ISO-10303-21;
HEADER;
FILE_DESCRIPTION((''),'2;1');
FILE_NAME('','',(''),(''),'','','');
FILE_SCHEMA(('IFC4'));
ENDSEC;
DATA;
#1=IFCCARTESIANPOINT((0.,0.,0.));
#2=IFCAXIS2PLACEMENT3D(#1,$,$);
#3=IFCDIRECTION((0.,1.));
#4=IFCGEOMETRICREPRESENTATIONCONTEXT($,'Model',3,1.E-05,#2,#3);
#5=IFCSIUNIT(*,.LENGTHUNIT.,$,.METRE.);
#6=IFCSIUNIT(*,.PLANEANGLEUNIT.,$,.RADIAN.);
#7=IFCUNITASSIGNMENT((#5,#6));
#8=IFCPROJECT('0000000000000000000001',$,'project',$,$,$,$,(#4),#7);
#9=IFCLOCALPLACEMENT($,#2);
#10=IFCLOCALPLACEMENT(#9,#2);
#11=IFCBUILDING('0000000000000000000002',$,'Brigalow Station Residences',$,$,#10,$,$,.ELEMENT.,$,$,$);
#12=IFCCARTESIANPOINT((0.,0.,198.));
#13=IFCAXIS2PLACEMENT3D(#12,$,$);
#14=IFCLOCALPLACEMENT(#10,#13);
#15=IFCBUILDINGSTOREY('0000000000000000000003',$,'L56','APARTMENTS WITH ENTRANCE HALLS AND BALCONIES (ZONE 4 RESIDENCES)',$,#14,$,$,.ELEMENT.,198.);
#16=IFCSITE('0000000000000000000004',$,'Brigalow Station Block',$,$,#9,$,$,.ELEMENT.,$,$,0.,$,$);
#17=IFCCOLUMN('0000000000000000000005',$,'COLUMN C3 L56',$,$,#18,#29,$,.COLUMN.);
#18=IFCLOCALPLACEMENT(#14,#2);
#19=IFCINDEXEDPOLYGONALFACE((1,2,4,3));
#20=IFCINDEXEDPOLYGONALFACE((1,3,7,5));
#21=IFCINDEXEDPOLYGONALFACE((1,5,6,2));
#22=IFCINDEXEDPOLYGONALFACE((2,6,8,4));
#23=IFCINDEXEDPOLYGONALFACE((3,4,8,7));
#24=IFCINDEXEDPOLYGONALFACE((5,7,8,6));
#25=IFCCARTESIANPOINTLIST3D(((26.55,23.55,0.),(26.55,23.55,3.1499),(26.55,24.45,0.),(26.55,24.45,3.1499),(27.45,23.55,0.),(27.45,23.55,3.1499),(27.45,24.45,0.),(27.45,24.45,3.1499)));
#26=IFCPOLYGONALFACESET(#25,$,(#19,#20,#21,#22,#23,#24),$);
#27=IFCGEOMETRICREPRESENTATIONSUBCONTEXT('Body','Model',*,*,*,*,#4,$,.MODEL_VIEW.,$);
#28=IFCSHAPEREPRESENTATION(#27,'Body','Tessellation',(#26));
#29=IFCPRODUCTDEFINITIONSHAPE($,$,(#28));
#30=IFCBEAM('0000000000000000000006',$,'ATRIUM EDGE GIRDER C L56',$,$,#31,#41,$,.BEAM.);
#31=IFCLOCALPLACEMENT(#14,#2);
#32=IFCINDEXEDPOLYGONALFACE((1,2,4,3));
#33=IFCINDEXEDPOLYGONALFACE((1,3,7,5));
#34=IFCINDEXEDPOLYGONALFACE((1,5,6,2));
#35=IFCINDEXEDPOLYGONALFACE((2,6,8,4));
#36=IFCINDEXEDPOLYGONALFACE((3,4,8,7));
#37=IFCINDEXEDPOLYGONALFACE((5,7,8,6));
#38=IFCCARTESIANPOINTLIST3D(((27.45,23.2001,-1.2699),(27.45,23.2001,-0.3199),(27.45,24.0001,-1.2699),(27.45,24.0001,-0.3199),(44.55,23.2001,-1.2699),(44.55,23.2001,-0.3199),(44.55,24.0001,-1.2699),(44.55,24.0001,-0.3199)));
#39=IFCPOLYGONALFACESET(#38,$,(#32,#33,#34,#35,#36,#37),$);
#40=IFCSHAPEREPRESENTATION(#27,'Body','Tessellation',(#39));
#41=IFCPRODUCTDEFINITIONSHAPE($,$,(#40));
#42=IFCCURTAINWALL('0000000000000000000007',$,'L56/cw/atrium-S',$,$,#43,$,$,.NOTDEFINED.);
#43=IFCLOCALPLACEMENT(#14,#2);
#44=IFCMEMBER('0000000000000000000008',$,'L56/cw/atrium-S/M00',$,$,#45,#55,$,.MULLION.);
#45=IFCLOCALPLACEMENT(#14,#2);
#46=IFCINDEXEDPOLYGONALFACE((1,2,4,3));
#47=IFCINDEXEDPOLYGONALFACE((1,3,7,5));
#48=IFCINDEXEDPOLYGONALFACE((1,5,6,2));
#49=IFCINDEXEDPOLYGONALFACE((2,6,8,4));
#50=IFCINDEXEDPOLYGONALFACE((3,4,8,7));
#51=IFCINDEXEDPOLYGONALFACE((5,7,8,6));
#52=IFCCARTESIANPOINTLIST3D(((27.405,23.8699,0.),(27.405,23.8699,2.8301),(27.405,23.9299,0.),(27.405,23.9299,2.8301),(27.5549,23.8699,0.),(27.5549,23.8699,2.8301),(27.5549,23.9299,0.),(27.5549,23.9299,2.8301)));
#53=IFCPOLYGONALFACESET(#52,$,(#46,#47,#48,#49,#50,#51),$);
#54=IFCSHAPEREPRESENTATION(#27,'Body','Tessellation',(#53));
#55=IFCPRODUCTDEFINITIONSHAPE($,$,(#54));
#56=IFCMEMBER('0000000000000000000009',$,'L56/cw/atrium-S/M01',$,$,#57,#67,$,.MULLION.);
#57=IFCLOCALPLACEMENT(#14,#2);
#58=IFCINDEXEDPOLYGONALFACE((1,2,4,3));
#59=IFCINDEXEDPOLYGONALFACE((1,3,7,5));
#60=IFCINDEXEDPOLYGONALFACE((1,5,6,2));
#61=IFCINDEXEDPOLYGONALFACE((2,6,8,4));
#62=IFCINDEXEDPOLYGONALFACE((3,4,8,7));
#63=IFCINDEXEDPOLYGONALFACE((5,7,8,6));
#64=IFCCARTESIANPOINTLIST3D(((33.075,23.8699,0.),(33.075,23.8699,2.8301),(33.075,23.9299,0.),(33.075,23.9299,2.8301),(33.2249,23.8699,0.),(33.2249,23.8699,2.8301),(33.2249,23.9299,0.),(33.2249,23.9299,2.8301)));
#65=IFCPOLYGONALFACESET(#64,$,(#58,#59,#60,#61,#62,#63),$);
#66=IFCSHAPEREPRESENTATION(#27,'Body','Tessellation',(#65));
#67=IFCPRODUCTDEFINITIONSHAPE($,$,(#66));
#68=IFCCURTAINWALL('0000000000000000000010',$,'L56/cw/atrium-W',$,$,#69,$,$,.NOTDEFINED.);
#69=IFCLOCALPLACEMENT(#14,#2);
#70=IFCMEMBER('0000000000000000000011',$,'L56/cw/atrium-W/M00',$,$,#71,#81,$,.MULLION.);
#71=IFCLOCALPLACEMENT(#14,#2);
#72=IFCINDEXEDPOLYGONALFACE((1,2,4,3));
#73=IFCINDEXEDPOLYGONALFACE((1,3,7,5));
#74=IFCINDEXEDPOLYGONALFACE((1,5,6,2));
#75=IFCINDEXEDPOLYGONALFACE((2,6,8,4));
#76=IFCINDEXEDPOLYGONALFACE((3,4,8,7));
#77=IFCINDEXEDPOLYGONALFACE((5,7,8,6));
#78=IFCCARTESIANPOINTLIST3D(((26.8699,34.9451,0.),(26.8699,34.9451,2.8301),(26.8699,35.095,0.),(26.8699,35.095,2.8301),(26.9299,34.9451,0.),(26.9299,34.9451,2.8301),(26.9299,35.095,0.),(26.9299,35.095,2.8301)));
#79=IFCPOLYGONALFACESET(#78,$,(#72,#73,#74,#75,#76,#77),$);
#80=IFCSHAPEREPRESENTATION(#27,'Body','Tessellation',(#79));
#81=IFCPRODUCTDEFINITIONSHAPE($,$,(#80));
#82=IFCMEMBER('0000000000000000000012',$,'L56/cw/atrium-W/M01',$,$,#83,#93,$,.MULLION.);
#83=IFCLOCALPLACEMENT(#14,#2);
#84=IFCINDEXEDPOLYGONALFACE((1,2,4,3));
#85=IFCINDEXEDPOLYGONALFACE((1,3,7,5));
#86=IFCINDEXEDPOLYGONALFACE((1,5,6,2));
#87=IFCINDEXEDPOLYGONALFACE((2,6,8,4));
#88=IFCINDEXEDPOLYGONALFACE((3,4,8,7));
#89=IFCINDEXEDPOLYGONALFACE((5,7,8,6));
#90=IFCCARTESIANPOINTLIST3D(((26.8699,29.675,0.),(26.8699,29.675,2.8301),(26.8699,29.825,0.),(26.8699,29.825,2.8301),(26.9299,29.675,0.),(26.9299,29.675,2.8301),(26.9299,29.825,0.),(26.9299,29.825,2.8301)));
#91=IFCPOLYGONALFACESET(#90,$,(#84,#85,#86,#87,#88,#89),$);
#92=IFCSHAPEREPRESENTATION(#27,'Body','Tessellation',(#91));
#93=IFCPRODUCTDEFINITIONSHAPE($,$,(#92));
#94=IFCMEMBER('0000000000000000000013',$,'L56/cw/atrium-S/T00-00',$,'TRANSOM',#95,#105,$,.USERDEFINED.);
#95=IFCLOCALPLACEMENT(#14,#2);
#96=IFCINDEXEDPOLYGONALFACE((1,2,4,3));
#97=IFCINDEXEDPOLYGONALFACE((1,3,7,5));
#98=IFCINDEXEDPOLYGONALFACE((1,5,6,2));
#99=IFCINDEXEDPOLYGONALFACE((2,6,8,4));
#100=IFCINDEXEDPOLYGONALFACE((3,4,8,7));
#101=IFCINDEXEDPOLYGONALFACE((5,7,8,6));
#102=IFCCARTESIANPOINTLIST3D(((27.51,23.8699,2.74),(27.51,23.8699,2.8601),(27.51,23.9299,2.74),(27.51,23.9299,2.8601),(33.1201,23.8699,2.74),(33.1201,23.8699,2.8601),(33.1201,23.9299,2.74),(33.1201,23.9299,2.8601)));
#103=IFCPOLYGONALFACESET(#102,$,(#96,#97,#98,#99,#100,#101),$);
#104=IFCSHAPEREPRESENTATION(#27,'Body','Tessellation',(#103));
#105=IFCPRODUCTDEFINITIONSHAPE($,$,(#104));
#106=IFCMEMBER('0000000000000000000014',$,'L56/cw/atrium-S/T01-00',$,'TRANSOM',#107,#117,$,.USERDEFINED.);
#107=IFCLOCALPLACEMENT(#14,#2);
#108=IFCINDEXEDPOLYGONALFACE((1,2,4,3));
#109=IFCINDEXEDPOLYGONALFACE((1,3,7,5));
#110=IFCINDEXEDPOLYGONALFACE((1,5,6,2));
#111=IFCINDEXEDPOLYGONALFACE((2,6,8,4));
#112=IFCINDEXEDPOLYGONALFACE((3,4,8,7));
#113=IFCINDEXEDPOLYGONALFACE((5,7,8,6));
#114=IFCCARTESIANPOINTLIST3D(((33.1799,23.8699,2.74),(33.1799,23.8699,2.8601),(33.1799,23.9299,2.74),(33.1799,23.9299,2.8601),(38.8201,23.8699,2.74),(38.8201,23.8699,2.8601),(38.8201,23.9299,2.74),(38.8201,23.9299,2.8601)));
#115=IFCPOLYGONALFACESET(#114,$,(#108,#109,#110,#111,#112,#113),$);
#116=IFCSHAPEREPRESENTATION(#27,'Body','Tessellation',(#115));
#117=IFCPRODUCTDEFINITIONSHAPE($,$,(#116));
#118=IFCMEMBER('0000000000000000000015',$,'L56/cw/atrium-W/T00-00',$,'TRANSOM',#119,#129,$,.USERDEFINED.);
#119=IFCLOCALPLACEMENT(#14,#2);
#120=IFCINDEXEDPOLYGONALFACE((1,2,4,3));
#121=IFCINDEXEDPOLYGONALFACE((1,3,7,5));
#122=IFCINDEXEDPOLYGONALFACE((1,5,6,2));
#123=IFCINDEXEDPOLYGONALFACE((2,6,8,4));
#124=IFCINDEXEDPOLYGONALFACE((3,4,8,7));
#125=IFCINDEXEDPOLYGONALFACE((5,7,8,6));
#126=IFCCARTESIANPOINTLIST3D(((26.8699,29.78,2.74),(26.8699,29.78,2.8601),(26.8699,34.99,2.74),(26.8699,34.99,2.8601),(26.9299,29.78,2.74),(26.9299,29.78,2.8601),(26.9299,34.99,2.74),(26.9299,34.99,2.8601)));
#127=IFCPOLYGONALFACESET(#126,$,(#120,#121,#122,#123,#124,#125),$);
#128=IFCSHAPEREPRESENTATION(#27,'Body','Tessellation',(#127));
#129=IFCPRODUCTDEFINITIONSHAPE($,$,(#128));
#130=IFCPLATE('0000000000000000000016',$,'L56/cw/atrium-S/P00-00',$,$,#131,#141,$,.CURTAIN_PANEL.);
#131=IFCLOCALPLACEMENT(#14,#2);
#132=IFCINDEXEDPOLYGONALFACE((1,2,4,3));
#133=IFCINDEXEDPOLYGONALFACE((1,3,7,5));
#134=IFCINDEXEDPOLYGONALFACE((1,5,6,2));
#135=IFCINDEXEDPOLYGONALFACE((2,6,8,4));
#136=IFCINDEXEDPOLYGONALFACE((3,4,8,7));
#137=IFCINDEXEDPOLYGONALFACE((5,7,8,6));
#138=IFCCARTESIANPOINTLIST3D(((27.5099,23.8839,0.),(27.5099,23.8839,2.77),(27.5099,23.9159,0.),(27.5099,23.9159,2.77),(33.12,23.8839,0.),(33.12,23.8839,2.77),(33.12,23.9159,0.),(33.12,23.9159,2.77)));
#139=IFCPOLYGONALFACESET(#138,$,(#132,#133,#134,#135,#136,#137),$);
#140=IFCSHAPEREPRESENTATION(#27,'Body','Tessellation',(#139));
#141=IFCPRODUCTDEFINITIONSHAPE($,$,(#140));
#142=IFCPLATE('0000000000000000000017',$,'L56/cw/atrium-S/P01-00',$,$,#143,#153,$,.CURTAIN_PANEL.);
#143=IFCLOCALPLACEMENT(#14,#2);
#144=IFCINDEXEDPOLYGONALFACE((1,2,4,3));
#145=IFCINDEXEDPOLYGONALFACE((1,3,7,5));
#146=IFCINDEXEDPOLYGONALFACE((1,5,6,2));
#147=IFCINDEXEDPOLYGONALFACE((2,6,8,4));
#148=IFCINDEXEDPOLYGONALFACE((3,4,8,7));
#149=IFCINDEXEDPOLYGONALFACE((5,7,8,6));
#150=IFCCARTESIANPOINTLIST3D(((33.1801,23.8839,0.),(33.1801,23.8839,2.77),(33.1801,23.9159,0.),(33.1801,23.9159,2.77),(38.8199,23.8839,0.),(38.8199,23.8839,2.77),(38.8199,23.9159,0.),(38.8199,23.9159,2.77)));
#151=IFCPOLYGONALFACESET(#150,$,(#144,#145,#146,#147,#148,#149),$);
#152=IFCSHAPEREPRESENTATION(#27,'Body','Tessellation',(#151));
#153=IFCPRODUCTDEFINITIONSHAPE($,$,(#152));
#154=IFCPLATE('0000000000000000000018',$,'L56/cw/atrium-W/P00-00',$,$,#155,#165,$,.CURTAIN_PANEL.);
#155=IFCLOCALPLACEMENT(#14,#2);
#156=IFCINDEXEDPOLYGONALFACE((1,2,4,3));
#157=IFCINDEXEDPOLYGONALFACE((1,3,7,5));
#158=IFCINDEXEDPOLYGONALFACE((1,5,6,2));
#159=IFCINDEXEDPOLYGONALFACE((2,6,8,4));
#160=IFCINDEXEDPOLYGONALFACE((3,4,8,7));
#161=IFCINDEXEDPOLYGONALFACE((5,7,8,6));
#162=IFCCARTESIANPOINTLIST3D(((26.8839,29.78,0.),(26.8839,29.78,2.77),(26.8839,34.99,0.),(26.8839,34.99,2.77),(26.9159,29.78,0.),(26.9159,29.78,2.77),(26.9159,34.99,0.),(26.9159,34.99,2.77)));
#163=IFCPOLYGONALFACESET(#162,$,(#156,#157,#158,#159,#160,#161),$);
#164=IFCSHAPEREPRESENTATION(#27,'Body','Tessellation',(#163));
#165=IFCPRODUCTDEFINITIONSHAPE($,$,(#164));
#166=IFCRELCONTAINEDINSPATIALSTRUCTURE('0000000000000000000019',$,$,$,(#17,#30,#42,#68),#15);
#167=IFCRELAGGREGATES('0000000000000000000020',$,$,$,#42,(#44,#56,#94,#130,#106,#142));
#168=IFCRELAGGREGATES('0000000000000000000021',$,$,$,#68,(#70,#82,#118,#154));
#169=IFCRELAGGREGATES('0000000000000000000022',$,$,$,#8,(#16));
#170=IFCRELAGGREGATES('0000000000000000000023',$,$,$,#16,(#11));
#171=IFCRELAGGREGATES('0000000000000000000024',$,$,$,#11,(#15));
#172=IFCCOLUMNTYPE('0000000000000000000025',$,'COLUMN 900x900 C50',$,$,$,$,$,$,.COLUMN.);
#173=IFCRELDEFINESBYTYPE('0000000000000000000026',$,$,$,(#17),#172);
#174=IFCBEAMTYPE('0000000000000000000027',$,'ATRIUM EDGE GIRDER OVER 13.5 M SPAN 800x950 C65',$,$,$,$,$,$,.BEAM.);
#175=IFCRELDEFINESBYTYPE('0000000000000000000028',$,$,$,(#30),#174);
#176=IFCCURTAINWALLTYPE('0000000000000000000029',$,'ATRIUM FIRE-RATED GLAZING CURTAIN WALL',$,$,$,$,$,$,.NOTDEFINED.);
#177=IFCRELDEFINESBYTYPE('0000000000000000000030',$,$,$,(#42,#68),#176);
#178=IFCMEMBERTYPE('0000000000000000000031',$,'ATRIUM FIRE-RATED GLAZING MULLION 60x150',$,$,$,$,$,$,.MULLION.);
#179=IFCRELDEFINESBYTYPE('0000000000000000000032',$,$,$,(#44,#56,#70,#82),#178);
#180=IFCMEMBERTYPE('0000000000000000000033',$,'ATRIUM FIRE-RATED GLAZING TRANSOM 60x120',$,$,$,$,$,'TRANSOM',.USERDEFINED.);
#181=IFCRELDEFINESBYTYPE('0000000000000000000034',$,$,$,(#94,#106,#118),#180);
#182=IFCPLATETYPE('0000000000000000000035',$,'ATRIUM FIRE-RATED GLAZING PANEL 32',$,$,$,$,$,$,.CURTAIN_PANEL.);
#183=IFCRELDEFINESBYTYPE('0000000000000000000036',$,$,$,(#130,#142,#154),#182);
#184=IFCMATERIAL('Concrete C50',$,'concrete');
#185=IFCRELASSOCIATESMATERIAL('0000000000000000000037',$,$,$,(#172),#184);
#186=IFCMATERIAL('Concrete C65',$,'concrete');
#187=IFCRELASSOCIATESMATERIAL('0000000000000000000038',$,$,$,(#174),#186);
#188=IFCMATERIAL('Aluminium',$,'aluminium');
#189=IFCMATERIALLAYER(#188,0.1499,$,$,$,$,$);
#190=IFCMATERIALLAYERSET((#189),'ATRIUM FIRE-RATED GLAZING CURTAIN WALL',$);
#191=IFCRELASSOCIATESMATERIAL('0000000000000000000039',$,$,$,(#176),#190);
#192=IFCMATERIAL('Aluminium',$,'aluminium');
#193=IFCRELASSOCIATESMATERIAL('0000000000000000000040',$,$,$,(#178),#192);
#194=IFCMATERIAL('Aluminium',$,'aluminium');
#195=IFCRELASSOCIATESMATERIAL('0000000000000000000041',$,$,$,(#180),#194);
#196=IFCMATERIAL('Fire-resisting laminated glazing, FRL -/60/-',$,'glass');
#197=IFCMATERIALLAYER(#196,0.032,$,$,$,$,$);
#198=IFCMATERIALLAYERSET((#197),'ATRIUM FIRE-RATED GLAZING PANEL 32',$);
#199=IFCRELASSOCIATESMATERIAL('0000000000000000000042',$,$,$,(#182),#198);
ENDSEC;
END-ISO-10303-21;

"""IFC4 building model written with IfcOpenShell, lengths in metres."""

from ifc_helpers import new_model, si_unit, direction, frame, origin, origin_2d, place, context, subcontext, project, spatial, rectangle, extrude, material, layer, layer_set, material_profile, profile_set, type_object, element, aggregate, save


model = new_model("IFC4")

# Units and contexts
model_context = context("Model", 3, precision=1e-05, world=origin(), true_north=direction((0.0, 1.0)))
body_context = subcontext(model_context, "Body", "Model", "MODEL_VIEW")
ifc_project = project(units=[si_unit("LENGTHUNIT", "METRE"), si_unit("PLANEANGLEUNIT", "RADIAN")], contexts=[model_context])

# Site, building, storey
site_placement = place(None, origin())
site = spatial("IfcSite", under=ifc_project, at=site_placement, Name="Brigalow Station Block", CompositionType="ELEMENT", RefElevation=0.0)
building_placement = place(site_placement, origin())
building = spatial("IfcBuilding", under=site, at=building_placement, Name="Brigalow Station Residences", CompositionType="ELEMENT")
storey_placement = place(building_placement, frame((0.0, 0.0, 198.0)))
storey = spatial("IfcBuildingStorey", under=building, at=storey_placement, Name="L56", Description="APARTMENTS WITH ENTRANCE HALLS AND BALCONIES (ZONE 4 RESIDENCES)", CompositionType="ELEMENT", Elevation=198.0)

# Column
ifc_material_1 = material(Name="Concrete C50", Category="concrete")
ifc_material_profile_1 = material_profile(ifc_material_1, rectangle(XDim=0.8999, YDim=0.8999, at=origin_2d()), Name="RC900x900")
ifc_profile_set_1 = profile_set([ifc_material_profile_1], Name="Concrete C50")
column_type = type_object("IfcColumnType", Name="COLUMN 900x900 C50", PredefinedType="COLUMN", material=ifc_profile_set_1)
column_placement = place(storey_placement, frame((27.0, 24.0, 0.0), z_axis=(0.0, 0.0, 1.0), x_axis=(1.0, 0.0, 0.0)))
element("IfcColumn", 1, at=column_placement, inside=storey, type_object=column_type, Name="COLUMN C3 L56", PredefinedType="COLUMN", context=body_context, shape_type="SweptSolid", body=[
    extrude(rectangle(XDim=0.8999, YDim=0.8999, at=origin_2d()), origin(), (0.0, 0.0, 1.0), 3.1499),
])

# Beam
ifc_material_2 = material(Name="Concrete C65", Category="concrete")
ifc_material_profile_2 = material_profile(ifc_material_2, rectangle(XDim=0.8, YDim=0.95, at=origin_2d()), Name="RC800x950")
ifc_profile_set_2 = profile_set([ifc_material_profile_2], Name="Concrete C65")
beam_type = type_object("IfcBeamType", Name="ATRIUM EDGE GIRDER OVER 13.5 M SPAN 800x950 C65", PredefinedType="BEAM", material=ifc_profile_set_2)
beam_placement = place(storey_placement, frame((27.45, 23.6001, -0.7949), z_axis=(1.0, 0.0, 0.0), x_axis=(0.0, 1.0, 0.0)))
element("IfcBeam", 2, at=beam_placement, inside=storey, type_object=beam_type, Name="ATRIUM EDGE GIRDER C L56", PredefinedType="BEAM", context=body_context, shape_type="SweptSolid", body=[
    extrude(rectangle(XDim=0.8, YDim=0.95, at=origin_2d()), origin(), (0.0, 0.0, 1.0), 17.1001),
])

# Curtain walls, members
ifc_material_3 = material(Name="Aluminium", Category="aluminium")
ifc_layer_1 = layer(ifc_material_3, 0.1499)
ifc_layer_set_1 = layer_set([ifc_layer_1], Name="ATRIUM FIRE-RATED GLAZING CURTAIN WALL")
curtain_wall_type = type_object("IfcCurtainWallType", Name="ATRIUM FIRE-RATED GLAZING CURTAIN WALL", PredefinedType="NOTDEFINED", material=ifc_layer_set_1)
curtain_wall_1_placement = place(storey_placement, origin())
curtain_wall_1 = element("IfcCurtainWall", 3, at=curtain_wall_1_placement, inside=storey, type_object=curtain_wall_type, Name="L56/cw/atrium-S", PredefinedType="NOTDEFINED")
ifc_material_4 = material(Name="Aluminium", Category="aluminium")
ifc_material_profile_3 = material_profile(ifc_material_4, rectangle(XDim=0.0601, YDim=0.1499, at=origin_2d()), Name="ATRIUM FIRE-RATED GLAZING MULLION 60x150")
ifc_profile_set_3 = profile_set([ifc_material_profile_3], Name="Aluminium")
member_type_1 = type_object("IfcMemberType", Name="ATRIUM FIRE-RATED GLAZING MULLION 60x150", PredefinedType="MULLION", material=ifc_profile_set_3)
member_1_placement = place(storey_placement, frame((27.48, 23.8999, 0.0), z_axis=(0.0, 0.0, 1.0), x_axis=(0.0, 1.0, 0.0)))
member_1 = element("IfcMember", 4, at=member_1_placement, type_object=member_type_1, Name="L56/cw/atrium-S/M00", PredefinedType="MULLION", context=body_context, shape_type="SweptSolid", body=[
    extrude(rectangle(XDim=0.0601, YDim=0.1499, at=origin_2d()), origin(), (0.0, 0.0, 1.0), 2.8301),
])
member_2_placement = place(storey_placement, frame((33.1499, 23.8999, 0.0), z_axis=(0.0, 0.0, 1.0), x_axis=(0.0, 1.0, 0.0)))
member_2 = element("IfcMember", 5, at=member_2_placement, type_object=member_type_1, Name="L56/cw/atrium-S/M01", PredefinedType="MULLION", context=body_context, shape_type="SweptSolid", body=[
    extrude(rectangle(XDim=0.0601, YDim=0.1499, at=origin_2d()), origin(), (0.0, 0.0, 1.0), 2.8301),
])
curtain_wall_2_placement = place(storey_placement, origin())
curtain_wall_2 = element("IfcCurtainWall", 6, at=curtain_wall_2_placement, inside=storey, type_object=curtain_wall_type, Name="L56/cw/atrium-W", PredefinedType="NOTDEFINED")
member_3_placement = place(storey_placement, frame((26.8999, 35.02, 0.0), z_axis=(0.0, 0.0, 1.0), x_axis=(1.0, 0.0, 0.0)))
member_3 = element("IfcMember", 7, at=member_3_placement, type_object=member_type_1, Name="L56/cw/atrium-W/M00", PredefinedType="MULLION", context=body_context, shape_type="SweptSolid", body=[
    extrude(rectangle(XDim=0.0601, YDim=0.1499, at=origin_2d()), origin(), (0.0, 0.0, 1.0), 2.8301),
])
member_4_placement = place(storey_placement, frame((26.8999, 29.75, 0.0), z_axis=(0.0, 0.0, 1.0), x_axis=(1.0, 0.0, 0.0)))
member_4 = element("IfcMember", 8, at=member_4_placement, type_object=member_type_1, Name="L56/cw/atrium-W/M01", PredefinedType="MULLION", context=body_context, shape_type="SweptSolid", body=[
    extrude(rectangle(XDim=0.0601, YDim=0.1499, at=origin_2d()), origin(), (0.0, 0.0, 1.0), 2.8301),
])

# Members
ifc_material_5 = material(Name="Aluminium", Category="aluminium")
ifc_material_profile_4 = material_profile(ifc_material_5, rectangle(XDim=0.0601, YDim=0.1201, at=origin_2d()), Name="ATRIUM FIRE-RATED GLAZING TRANSOM 60x120")
ifc_profile_set_4 = profile_set([ifc_material_profile_4], Name="Aluminium")
member_type_2 = type_object("IfcMemberType", Name="ATRIUM FIRE-RATED GLAZING TRANSOM 60x120", ElementType="TRANSOM", PredefinedType="USERDEFINED", material=ifc_profile_set_4)
member_5_placement = place(storey_placement, frame((27.51, 23.8999, 2.8), z_axis=(1.0, 0.0, 0.0), x_axis=(0.0, 1.0, 0.0)))
member_5 = element("IfcMember", 9, at=member_5_placement, type_object=member_type_2, Name="L56/cw/atrium-S/T00-00", ObjectType="TRANSOM", PredefinedType="USERDEFINED", context=body_context, shape_type="SweptSolid", body=[
    extrude(rectangle(XDim=0.0601, YDim=0.1201, at=origin_2d()), origin(), (0.0, 0.0, 1.0), 5.6101),
])
member_6_placement = place(storey_placement, frame((33.1799, 23.8999, 2.8), z_axis=(1.0, 0.0, 0.0), x_axis=(0.0, 1.0, 0.0)))
member_6 = element("IfcMember", 10, at=member_6_placement, type_object=member_type_2, Name="L56/cw/atrium-S/T01-00", ObjectType="TRANSOM", PredefinedType="USERDEFINED", context=body_context, shape_type="SweptSolid", body=[
    extrude(rectangle(XDim=0.0601, YDim=0.1201, at=origin_2d()), origin(), (0.0, 0.0, 1.0), 5.6401),
])
member_7_placement = place(storey_placement, frame((26.8999, 34.99, 2.8), z_axis=(0.0, -1.0, 0.0), x_axis=(1.0, 0.0, 0.0)))
member_7 = element("IfcMember", 11, at=member_7_placement, type_object=member_type_2, Name="L56/cw/atrium-W/T00-00", ObjectType="TRANSOM", PredefinedType="USERDEFINED", context=body_context, shape_type="SweptSolid", body=[
    extrude(rectangle(XDim=0.0601, YDim=0.1201, at=origin_2d()), origin(), (0.0, 0.0, 1.0), 5.21),
])

# Plates
ifc_material_6 = material(Name="Fire-resisting laminated glazing, FRL -/60/-", Category="glass")
ifc_layer_2 = layer(ifc_material_6, 0.032)
ifc_layer_set_2 = layer_set([ifc_layer_2], Name="ATRIUM FIRE-RATED GLAZING PANEL 32")
plate_type = type_object("IfcPlateType", Name="ATRIUM FIRE-RATED GLAZING PANEL 32", PredefinedType="CURTAIN_PANEL", material=ifc_layer_set_2)
plate_1_placement = place(storey_placement, frame((30.3149, 23.8999, 0.0), z_axis=(0.0, 0.0, 1.0), x_axis=(1.0, 0.0, 0.0)))
plate_1 = element("IfcPlate", 12, at=plate_1_placement, type_object=plate_type, Name="L56/cw/atrium-S/P00-00", PredefinedType="CURTAIN_PANEL", context=body_context, shape_type="SweptSolid", body=[
    extrude(rectangle(XDim=5.6101, YDim=0.032, at=origin_2d()), origin(), (0.0, 0.0, 1.0), 2.77),
])
plate_2_placement = place(storey_placement, frame((36.0, 23.8999, 0.0), z_axis=(0.0, 0.0, 1.0), x_axis=(1.0, 0.0, 0.0)))
plate_2 = element("IfcPlate", 13, at=plate_2_placement, type_object=plate_type, Name="L56/cw/atrium-S/P01-00", PredefinedType="CURTAIN_PANEL", context=body_context, shape_type="SweptSolid", body=[
    extrude(rectangle(XDim=5.6399, YDim=0.032, at=origin_2d()), origin(), (0.0, 0.0, 1.0), 2.77),
])
aggregate(curtain_wall_1, [member_1, member_2, member_5, plate_1, member_6, plate_2])
plate_3_placement = place(storey_placement, frame((26.8999, 32.385, 0.0), z_axis=(0.0, 0.0, 1.0), x_axis=(0.0, -1.0, 0.0)))
plate_3 = element("IfcPlate", 14, at=plate_3_placement, type_object=plate_type, Name="L56/cw/atrium-W/P00-00", PredefinedType="CURTAIN_PANEL", context=body_context, shape_type="SweptSolid", body=[
    extrude(rectangle(XDim=5.21, YDim=0.032, at=origin_2d()), origin(), (0.0, 0.0, 1.0), 2.77),
])
aggregate(curtain_wall_2, [member_3, member_4, member_7, plate_3])

save(model, "model.ifc")
